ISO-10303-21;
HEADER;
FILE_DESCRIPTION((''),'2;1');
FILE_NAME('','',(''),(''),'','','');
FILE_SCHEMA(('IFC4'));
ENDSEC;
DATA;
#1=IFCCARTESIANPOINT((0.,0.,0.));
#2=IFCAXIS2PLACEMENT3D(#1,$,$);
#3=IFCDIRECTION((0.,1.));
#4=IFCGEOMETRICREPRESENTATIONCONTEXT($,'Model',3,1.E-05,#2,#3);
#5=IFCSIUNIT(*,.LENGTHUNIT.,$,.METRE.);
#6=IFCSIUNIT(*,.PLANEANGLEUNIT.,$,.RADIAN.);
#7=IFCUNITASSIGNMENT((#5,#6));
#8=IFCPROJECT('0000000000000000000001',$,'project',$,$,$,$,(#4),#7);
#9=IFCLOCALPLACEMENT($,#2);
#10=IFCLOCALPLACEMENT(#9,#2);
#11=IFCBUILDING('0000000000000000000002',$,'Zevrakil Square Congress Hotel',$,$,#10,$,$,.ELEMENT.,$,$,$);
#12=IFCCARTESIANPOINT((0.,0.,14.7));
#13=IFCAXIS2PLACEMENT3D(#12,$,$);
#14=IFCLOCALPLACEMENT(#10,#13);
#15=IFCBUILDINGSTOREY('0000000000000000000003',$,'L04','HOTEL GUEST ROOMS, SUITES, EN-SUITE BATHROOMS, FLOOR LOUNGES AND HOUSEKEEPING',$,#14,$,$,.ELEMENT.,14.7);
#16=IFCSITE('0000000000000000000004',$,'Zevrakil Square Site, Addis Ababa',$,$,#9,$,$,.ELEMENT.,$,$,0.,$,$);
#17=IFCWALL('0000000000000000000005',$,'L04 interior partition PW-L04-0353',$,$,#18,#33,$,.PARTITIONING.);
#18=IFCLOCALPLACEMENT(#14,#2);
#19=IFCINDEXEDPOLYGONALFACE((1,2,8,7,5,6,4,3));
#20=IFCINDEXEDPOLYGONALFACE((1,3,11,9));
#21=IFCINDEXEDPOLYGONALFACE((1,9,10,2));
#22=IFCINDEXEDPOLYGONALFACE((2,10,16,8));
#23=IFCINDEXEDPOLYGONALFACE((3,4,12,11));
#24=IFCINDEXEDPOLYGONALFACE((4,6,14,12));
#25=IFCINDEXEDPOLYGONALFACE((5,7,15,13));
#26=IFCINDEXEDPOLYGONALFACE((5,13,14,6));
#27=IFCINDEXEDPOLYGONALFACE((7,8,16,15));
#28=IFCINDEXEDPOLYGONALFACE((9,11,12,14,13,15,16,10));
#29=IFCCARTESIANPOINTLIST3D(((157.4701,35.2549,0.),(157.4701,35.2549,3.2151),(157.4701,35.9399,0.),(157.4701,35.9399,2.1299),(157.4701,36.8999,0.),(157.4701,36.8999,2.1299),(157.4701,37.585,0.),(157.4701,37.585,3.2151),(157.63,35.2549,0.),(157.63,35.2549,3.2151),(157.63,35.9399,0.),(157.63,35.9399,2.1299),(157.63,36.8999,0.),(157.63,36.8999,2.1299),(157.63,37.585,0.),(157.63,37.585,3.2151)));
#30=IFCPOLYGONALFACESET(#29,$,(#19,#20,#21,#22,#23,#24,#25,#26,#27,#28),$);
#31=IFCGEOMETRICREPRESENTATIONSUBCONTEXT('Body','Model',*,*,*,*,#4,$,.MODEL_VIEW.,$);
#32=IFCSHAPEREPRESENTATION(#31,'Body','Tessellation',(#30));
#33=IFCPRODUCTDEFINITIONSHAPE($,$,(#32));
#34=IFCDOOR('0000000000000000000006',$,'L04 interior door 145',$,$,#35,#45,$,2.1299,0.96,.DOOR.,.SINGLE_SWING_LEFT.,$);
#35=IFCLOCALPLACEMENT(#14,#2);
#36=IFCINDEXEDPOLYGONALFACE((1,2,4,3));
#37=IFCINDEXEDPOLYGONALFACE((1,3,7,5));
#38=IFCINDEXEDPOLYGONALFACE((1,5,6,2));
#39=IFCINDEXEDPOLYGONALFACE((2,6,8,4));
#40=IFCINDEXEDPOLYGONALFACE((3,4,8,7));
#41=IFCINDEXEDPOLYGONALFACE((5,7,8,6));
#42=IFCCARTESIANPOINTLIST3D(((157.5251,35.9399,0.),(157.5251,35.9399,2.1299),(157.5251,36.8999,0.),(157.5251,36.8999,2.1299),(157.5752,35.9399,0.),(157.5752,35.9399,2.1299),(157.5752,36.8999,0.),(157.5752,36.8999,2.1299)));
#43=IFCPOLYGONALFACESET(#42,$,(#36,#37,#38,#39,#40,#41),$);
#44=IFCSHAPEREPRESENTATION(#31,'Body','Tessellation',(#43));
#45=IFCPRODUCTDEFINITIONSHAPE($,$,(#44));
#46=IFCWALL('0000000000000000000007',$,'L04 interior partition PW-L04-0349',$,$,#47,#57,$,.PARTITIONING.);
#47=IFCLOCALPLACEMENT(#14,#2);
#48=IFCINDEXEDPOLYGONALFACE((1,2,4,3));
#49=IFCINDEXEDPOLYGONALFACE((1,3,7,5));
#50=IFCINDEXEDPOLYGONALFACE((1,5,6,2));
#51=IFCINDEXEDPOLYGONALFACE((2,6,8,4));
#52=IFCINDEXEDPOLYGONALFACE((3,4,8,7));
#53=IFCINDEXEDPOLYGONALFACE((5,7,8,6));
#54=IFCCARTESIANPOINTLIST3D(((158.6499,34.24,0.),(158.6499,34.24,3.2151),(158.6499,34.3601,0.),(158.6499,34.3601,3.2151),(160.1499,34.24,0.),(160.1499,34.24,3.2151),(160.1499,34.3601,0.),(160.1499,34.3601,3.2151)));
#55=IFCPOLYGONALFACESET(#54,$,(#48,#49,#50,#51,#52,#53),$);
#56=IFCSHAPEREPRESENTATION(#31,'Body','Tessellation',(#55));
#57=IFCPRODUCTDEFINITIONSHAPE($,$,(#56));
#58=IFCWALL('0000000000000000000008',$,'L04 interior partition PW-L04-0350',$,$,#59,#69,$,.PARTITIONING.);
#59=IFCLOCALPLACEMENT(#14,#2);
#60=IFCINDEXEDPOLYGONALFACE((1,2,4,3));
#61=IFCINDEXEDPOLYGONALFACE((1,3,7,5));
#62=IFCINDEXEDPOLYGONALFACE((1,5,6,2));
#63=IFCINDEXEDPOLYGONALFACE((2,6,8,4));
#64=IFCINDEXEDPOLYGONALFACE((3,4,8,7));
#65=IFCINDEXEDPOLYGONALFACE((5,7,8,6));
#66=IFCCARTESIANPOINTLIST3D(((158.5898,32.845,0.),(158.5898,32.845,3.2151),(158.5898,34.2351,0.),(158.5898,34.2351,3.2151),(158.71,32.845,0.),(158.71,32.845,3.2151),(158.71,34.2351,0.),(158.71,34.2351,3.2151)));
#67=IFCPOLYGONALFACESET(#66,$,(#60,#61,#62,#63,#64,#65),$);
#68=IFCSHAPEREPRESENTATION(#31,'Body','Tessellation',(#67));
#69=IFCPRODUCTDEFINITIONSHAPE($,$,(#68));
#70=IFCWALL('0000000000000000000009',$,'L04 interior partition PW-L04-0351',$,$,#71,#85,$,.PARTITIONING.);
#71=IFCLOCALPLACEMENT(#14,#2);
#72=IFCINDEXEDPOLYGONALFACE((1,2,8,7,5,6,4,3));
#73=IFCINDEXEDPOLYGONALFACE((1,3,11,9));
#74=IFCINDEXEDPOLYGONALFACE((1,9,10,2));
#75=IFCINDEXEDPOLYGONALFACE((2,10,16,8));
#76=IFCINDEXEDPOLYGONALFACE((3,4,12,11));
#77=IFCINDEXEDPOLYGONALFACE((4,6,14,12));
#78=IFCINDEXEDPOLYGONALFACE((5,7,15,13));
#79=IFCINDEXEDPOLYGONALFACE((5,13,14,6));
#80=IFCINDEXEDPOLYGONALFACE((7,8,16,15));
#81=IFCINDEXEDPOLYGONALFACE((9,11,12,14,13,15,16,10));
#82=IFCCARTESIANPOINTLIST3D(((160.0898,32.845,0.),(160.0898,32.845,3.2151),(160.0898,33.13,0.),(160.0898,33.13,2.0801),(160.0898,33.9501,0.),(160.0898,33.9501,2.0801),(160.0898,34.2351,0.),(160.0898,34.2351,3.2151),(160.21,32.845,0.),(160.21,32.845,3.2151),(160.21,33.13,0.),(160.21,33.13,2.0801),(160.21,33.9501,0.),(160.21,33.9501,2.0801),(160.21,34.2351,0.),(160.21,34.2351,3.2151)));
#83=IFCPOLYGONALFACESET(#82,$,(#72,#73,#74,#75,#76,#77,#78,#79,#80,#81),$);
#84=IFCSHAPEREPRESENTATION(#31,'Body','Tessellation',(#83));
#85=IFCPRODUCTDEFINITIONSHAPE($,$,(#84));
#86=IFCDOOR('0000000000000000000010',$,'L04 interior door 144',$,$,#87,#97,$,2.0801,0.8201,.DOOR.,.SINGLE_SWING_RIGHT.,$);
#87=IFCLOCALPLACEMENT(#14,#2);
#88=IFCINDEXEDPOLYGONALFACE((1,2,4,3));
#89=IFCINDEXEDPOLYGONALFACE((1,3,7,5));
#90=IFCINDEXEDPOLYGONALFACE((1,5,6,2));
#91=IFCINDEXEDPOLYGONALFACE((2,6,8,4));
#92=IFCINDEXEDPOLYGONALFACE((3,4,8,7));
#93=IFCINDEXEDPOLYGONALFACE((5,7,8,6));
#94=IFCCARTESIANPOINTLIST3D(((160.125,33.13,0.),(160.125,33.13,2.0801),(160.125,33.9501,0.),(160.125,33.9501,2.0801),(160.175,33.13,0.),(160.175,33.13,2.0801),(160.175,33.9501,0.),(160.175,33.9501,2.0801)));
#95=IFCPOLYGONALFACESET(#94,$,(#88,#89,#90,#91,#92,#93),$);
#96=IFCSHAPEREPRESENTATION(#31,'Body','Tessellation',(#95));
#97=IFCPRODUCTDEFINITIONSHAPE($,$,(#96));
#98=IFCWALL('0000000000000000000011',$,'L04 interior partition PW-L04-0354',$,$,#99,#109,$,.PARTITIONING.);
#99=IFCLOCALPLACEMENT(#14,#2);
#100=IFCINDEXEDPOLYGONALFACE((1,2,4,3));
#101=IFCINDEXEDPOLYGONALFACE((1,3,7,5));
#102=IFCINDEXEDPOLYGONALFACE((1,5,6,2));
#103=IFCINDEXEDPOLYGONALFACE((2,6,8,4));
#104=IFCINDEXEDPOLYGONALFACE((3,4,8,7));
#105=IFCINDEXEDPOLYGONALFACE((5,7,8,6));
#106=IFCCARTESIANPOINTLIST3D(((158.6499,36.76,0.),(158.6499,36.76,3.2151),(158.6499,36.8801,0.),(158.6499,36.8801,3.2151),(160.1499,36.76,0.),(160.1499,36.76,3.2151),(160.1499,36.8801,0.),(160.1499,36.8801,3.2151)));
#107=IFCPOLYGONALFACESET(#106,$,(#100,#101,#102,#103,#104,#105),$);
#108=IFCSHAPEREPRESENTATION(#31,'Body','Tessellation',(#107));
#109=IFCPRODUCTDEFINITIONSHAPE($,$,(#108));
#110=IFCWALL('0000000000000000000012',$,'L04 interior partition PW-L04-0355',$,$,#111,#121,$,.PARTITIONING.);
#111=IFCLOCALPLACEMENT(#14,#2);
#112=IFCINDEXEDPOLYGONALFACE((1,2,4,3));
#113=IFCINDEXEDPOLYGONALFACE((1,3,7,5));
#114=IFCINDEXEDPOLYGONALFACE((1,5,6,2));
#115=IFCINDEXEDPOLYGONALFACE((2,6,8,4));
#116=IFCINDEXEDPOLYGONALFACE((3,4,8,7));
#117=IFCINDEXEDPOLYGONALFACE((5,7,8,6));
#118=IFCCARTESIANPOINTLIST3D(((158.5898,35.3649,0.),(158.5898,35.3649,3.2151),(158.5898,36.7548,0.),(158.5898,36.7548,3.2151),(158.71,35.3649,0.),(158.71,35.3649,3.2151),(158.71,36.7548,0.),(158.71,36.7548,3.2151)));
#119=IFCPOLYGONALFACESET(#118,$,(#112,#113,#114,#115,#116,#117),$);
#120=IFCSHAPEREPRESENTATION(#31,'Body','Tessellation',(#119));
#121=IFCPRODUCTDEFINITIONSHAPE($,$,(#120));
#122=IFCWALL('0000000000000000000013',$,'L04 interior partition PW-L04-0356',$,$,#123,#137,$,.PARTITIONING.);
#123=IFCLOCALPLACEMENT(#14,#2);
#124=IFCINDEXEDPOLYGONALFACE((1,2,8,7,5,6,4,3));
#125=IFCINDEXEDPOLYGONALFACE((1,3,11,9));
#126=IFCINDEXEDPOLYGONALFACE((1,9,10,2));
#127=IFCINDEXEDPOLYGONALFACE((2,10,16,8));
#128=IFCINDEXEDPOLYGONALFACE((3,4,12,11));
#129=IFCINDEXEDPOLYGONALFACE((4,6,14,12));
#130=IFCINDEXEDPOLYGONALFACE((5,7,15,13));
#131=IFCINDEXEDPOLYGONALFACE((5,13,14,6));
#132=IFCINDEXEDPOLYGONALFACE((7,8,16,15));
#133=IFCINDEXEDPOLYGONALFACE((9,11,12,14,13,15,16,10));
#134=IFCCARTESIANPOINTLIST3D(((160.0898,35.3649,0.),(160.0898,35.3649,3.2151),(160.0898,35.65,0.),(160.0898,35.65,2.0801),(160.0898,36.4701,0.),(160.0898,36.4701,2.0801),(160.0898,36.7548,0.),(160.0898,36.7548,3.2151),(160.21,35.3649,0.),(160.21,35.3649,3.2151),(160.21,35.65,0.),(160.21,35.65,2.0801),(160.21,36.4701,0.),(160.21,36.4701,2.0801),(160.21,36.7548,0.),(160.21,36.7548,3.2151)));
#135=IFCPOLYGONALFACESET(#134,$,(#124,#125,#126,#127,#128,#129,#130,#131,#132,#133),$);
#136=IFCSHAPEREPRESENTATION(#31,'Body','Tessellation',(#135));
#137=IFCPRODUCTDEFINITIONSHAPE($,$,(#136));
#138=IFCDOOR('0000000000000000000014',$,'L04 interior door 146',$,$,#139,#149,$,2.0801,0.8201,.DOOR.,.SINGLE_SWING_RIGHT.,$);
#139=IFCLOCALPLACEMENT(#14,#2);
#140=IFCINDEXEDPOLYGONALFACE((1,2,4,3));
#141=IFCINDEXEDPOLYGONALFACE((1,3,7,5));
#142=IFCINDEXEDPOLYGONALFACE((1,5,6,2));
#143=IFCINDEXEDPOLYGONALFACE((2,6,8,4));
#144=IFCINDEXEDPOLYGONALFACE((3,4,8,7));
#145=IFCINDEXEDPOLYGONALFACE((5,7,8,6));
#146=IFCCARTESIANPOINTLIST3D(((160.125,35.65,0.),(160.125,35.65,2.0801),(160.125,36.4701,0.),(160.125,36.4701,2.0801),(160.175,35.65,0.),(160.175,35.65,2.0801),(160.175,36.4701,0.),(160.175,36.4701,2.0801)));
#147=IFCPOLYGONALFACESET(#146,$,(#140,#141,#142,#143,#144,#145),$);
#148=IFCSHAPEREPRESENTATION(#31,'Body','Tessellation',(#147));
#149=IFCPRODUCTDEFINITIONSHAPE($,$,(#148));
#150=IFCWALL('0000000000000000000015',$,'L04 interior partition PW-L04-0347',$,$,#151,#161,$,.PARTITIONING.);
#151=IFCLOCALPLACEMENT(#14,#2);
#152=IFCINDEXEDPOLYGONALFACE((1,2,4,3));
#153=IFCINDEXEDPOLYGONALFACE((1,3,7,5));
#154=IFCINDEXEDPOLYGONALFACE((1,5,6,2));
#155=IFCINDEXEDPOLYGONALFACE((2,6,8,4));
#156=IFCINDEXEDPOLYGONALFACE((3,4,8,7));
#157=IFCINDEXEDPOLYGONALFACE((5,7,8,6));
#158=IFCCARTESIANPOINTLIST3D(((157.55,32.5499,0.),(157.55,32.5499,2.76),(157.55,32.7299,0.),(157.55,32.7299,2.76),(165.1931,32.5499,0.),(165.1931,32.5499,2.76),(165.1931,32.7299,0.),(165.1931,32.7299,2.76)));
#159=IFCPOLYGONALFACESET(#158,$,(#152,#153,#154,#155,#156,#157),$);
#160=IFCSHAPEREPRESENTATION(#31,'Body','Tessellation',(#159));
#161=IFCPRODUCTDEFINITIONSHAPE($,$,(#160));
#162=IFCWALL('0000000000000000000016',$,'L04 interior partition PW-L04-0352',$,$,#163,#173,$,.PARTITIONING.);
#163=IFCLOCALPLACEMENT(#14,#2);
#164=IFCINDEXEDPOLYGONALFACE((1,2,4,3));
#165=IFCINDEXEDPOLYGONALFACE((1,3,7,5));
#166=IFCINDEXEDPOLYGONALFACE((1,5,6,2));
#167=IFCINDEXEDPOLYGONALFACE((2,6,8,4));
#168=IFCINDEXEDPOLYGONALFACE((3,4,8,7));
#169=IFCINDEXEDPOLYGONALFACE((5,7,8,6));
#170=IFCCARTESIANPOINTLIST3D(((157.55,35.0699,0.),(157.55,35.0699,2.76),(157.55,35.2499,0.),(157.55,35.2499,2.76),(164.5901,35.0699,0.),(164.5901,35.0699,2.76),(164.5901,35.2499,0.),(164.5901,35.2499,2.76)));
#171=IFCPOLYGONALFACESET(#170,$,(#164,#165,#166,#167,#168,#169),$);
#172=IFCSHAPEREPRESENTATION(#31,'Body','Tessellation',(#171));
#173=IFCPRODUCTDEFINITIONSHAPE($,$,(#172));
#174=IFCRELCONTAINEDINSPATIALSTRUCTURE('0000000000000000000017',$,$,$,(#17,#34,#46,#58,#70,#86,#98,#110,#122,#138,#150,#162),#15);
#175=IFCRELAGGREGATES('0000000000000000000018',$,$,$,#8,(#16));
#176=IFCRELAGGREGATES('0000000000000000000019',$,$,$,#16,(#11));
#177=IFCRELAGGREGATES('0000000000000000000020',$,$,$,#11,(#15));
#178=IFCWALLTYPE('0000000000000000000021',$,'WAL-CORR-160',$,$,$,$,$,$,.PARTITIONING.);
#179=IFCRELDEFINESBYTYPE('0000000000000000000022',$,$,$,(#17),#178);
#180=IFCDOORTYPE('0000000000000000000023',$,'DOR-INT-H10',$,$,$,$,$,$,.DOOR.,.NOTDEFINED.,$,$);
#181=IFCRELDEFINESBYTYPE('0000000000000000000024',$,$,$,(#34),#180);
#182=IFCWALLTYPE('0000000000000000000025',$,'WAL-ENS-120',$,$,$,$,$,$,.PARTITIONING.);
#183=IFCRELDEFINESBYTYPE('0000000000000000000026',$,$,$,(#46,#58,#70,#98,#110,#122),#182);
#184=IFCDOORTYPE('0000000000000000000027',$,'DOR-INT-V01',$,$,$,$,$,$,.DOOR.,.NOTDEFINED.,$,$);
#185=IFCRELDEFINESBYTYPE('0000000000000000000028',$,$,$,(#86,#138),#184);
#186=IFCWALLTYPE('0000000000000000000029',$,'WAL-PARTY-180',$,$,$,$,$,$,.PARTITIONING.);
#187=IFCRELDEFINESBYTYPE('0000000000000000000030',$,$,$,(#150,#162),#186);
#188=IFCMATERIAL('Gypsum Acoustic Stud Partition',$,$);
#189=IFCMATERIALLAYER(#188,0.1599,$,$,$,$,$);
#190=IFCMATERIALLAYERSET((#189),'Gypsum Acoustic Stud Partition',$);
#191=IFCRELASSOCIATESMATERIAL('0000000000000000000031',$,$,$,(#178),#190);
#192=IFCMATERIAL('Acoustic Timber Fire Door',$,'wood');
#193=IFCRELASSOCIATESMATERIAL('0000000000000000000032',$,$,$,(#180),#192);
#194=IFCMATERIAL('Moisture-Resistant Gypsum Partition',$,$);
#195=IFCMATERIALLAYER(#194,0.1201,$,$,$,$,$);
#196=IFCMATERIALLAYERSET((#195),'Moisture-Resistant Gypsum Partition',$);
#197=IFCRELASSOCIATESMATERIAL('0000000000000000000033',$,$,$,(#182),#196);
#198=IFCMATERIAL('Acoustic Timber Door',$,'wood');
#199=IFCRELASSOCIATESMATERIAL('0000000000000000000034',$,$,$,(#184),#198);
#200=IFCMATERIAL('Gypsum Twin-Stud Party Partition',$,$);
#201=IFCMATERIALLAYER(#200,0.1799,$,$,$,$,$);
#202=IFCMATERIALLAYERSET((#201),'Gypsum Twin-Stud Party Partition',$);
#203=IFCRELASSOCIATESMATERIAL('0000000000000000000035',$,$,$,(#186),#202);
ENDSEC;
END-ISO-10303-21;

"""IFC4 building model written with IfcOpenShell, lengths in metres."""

from ifc_helpers import new_model, si_unit, direction, frame, frame_2d, origin, place, context, subcontext, project, spatial, rectangle, extrude, material, layer, layer_set, type_object, element, fill, save


model = new_model("IFC4")

# Units and contexts
model_context = context("Model", 3, precision=1e-05, world=origin(), true_north=direction((0.0, 1.0)))
body_context = subcontext(model_context, "Body", "Model", "MODEL_VIEW")
ifc_project = project(units=[si_unit("LENGTHUNIT", "METRE"), si_unit("PLANEANGLEUNIT", "RADIAN")], contexts=[model_context])

# Site, building, storey
site_placement = place(None, origin())
site = spatial("IfcSite", under=ifc_project, at=site_placement, Name="Zevrakil Square Site, Addis Ababa", CompositionType="ELEMENT", RefElevation=0.0)
building_placement = place(site_placement, origin())
building = spatial("IfcBuilding", under=site, at=building_placement, Name="Zevrakil Square Congress Hotel", CompositionType="ELEMENT")
storey_placement = place(building_placement, frame((0.0, 0.0, 14.7)))
storey = spatial("IfcBuildingStorey", under=building, at=storey_placement, Name="L04", Description="HOTEL GUEST ROOMS, SUITES, EN-SUITE BATHROOMS, FLOOR LOUNGES AND HOUSEKEEPING", CompositionType="ELEMENT", Elevation=14.7)

# Wall, opening, door
ifc_material_1 = material(Name="Gypsum Acoustic Stud Partition")
ifc_layer_1 = layer(ifc_material_1, 0.1599)
ifc_layer_set_1 = layer_set([ifc_layer_1], Name="Gypsum Acoustic Stud Partition")
wall_type_1 = type_object("IfcWallType", Name="WAL-CORR-160", PredefinedType="PARTITIONING", material=ifc_layer_set_1)
wall_1_placement = place(storey_placement, frame((157.55, 35.2549, 0.0), z_axis=(0.0, 0.0, 1.0), x_axis=(0.0, 1.0, 0.0)))
wall_1 = element("IfcWall", 1, at=wall_1_placement, inside=storey, type_object=wall_type_1, Name="L04 interior partition PW-L04-0353", PredefinedType="PARTITIONING", context=body_context, shape_type="SweptSolid", body=[
    extrude(rectangle(XDim=2.3301, YDim=0.1599, at=frame_2d((1.165, 0.0))), origin(), (0.0, 0.0, 1.0), 3.2151),
])
opening_1_placement = place(wall_1_placement, frame((0.6851, 0.0, 0.0)))
opening_1 = element("IfcOpeningElement", 2, at=opening_1_placement, cuts=wall_1, PredefinedType="OPENING", context=body_context, shape_type="SweptSolid", body=[
    extrude(rectangle(XDim=0.96, YDim=2.1299, at=frame_2d((0.48, 1.0649))), frame((0.0, 0.0898, 0.0), z_axis=(0.0, -1.0, 0.0), x_axis=(1.0, 0.0, 0.0)), (0.0, 0.0, 1.0), 0.1799),
])
ifc_material_2 = material(Name="Acoustic Timber Fire Door", Category="wood")
door_type_1 = type_object("IfcDoorType", Name="DOR-INT-H10", OperationType="NOTDEFINED", PredefinedType="DOOR", material=ifc_material_2)
door_1_placement = place(opening_1_placement, origin())
door_1 = element("IfcDoor", 3, at=door_1_placement, inside=storey, type_object=door_type_1, Name="L04 interior door 145", OperationType="SINGLE_SWING_LEFT", OverallHeight=2.1299, OverallWidth=0.96, PredefinedType="DOOR", context=body_context, shape_type="SweptSolid", body=[
    extrude(rectangle(XDim=0.96, YDim=2.1299, at=frame_2d((0.48, 1.0649))), frame((0.0, 0.0249, 0.0), z_axis=(0.0, -1.0, 0.0), x_axis=(1.0, 0.0, 0.0)), (0.0, 0.0, 1.0), 0.05),
])
fill(opening_1, door_1)

# Walls
ifc_material_3 = material(Name="Moisture-Resistant Gypsum Partition")
ifc_layer_2 = layer(ifc_material_3, 0.1201)
ifc_layer_set_2 = layer_set([ifc_layer_2], Name="Moisture-Resistant Gypsum Partition")
wall_type_2 = type_object("IfcWallType", Name="WAL-ENS-120", PredefinedType="PARTITIONING", material=ifc_layer_set_2)
wall_2_placement = place(storey_placement, frame((158.6499, 34.3, 0.0), z_axis=(0.0, 0.0, 1.0), x_axis=(1.0, 0.0, 0.0)))
element("IfcWall", 4, at=wall_2_placement, inside=storey, type_object=wall_type_2, Name="L04 interior partition PW-L04-0349", PredefinedType="PARTITIONING", context=body_context, shape_type="SweptSolid", body=[
    extrude(rectangle(XDim=1.5, YDim=0.1201, at=frame_2d((0.75, 0.0))), origin(), (0.0, 0.0, 1.0), 3.2151),
])
wall_3_placement = place(storey_placement, frame((158.6499, 32.845, 0.0), z_axis=(0.0, 0.0, 1.0), x_axis=(0.0, 1.0, 0.0)))
element("IfcWall", 5, at=wall_3_placement, inside=storey, type_object=wall_type_2, Name="L04 interior partition PW-L04-0350", PredefinedType="PARTITIONING", context=body_context, shape_type="SweptSolid", body=[
    extrude(rectangle(XDim=1.3901, YDim=0.1201, at=frame_2d((0.6951, 0.0))), origin(), (0.0, 0.0, 1.0), 3.2151),
])

# Wall, opening, door
wall_4_placement = place(storey_placement, frame((160.1499, 32.845, 0.0), z_axis=(0.0, 0.0, 1.0), x_axis=(0.0, 1.0, 0.0)))
wall_4 = element("IfcWall", 6, at=wall_4_placement, inside=storey, type_object=wall_type_2, Name="L04 interior partition PW-L04-0351", PredefinedType="PARTITIONING", context=body_context, shape_type="SweptSolid", body=[
    extrude(rectangle(XDim=1.3901, YDim=0.1201, at=frame_2d((0.6951, 0.0))), origin(), (0.0, 0.0, 1.0), 3.2151),
])
opening_2_placement = place(wall_4_placement, frame((0.2849, 0.0, 0.0)))
opening_2 = element("IfcOpeningElement", 7, at=opening_2_placement, cuts=wall_4, PredefinedType="OPENING", context=body_context, shape_type="SweptSolid", body=[
    extrude(rectangle(XDim=0.8201, YDim=2.0801, at=frame_2d((0.4102, 1.04))), frame((0.0, 0.0701, 0.0), z_axis=(0.0, -1.0, 0.0), x_axis=(1.0, 0.0, 0.0)), (0.0, 0.0, 1.0), 0.1401),
])
ifc_material_4 = material(Name="Acoustic Timber Door", Category="wood")
door_type_2 = type_object("IfcDoorType", Name="DOR-INT-V01", OperationType="NOTDEFINED", PredefinedType="DOOR", material=ifc_material_4)
door_2_placement = place(opening_2_placement, origin())
door_2 = element("IfcDoor", 8, at=door_2_placement, inside=storey, type_object=door_type_2, Name="L04 interior door 144", OperationType="SINGLE_SWING_RIGHT", OverallHeight=2.0801, OverallWidth=0.8201, PredefinedType="DOOR", context=body_context, shape_type="SweptSolid", body=[
    extrude(rectangle(XDim=0.8201, YDim=2.0801, at=frame_2d((0.4102, 1.04))), frame((0.0, 0.0249, 0.0), z_axis=(0.0, -1.0, 0.0), x_axis=(1.0, 0.0, 0.0)), (0.0, 0.0, 1.0), 0.05),
])
fill(opening_2, door_2)

# Walls
wall_5_placement = place(storey_placement, frame((158.6499, 36.8201, 0.0), z_axis=(0.0, 0.0, 1.0), x_axis=(1.0, 0.0, 0.0)))
element("IfcWall", 9, at=wall_5_placement, inside=storey, type_object=wall_type_2, Name="L04 interior partition PW-L04-0354", PredefinedType="PARTITIONING", context=body_context, shape_type="SweptSolid", body=[
    extrude(rectangle(XDim=1.5, YDim=0.1201, at=frame_2d((0.75, 0.0))), origin(), (0.0, 0.0, 1.0), 3.2151),
])
wall_6_placement = place(storey_placement, frame((158.6499, 35.365, 0.0), z_axis=(0.0, 0.0, 1.0), x_axis=(0.0, 1.0, 0.0)))
element("IfcWall", 10, at=wall_6_placement, inside=storey, type_object=wall_type_2, Name="L04 interior partition PW-L04-0355", PredefinedType="PARTITIONING", context=body_context, shape_type="SweptSolid", body=[
    extrude(rectangle(XDim=1.3899, YDim=0.1201, at=frame_2d((0.6948, 0.0))), origin(), (0.0, 0.0, 1.0), 3.2151),
])

# Wall, opening, door
wall_7_placement = place(storey_placement, frame((160.1499, 35.365, 0.0), z_axis=(0.0, 0.0, 1.0), x_axis=(0.0, 1.0, 0.0)))
wall_7 = element("IfcWall", 11, at=wall_7_placement, inside=storey, type_object=wall_type_2, Name="L04 interior partition PW-L04-0356", PredefinedType="PARTITIONING", context=body_context, shape_type="SweptSolid", body=[
    extrude(rectangle(XDim=1.3899, YDim=0.1201, at=frame_2d((0.6948, 0.0))), origin(), (0.0, 0.0, 1.0), 3.2151),
])
opening_3_placement = place(wall_7_placement, frame((0.2849, 0.0, 0.0)))
opening_3 = element("IfcOpeningElement", 12, at=opening_3_placement, cuts=wall_7, PredefinedType="OPENING", context=body_context, shape_type="SweptSolid", body=[
    extrude(rectangle(XDim=0.8201, YDim=2.0801, at=frame_2d((0.4102, 1.04))), frame((0.0, 0.0701, 0.0), z_axis=(0.0, -1.0, 0.0), x_axis=(1.0, 0.0, 0.0)), (0.0, 0.0, 1.0), 0.1401),
])
door_3_placement = place(opening_3_placement, origin())
door_3 = element("IfcDoor", 13, at=door_3_placement, inside=storey, type_object=door_type_2, Name="L04 interior door 146", OperationType="SINGLE_SWING_RIGHT", OverallHeight=2.0801, OverallWidth=0.8201, PredefinedType="DOOR", context=body_context, shape_type="SweptSolid", body=[
    extrude(rectangle(XDim=0.8201, YDim=2.0801, at=frame_2d((0.4102, 1.04))), frame((0.0, 0.0249, 0.0), z_axis=(0.0, -1.0, 0.0), x_axis=(1.0, 0.0, 0.0)), (0.0, 0.0, 1.0), 0.05),
])
fill(opening_3, door_3)

# Walls
ifc_material_5 = material(Name="Gypsum Twin-Stud Party Partition")
ifc_layer_3 = layer(ifc_material_5, 0.1799)
ifc_layer_set_3 = layer_set([ifc_layer_3], Name="Gypsum Twin-Stud Party Partition")
wall_type_3 = type_object("IfcWallType", Name="WAL-PARTY-180", PredefinedType="PARTITIONING", material=ifc_layer_set_3)
wall_8_placement = place(storey_placement, frame((157.55, 32.6399, 0.0), z_axis=(0.0, 0.0, 1.0), x_axis=(1.0, 0.0, 0.0)))
element("IfcWall", 14, at=wall_8_placement, inside=storey, type_object=wall_type_3, Name="L04 interior partition PW-L04-0347", PredefinedType="PARTITIONING", context=body_context, shape_type="SweptSolid", body=[
    extrude(rectangle(XDim=7.6431, YDim=0.1799, at=frame_2d((3.8215, 0.0))), origin(), (0.0, 0.0, 1.0), 2.76),
])
wall_9_placement = place(storey_placement, frame((157.55, 35.1599, 0.0), z_axis=(0.0, 0.0, 1.0), x_axis=(1.0, 0.0, 0.0)))
element("IfcWall", 15, at=wall_9_placement, inside=storey, type_object=wall_type_3, Name="L04 interior partition PW-L04-0352", PredefinedType="PARTITIONING", context=body_context, shape_type="SweptSolid", body=[
    extrude(rectangle(XDim=7.04, YDim=0.1799, at=frame_2d((3.52, 0.0))), origin(), (0.0, 0.0, 1.0), 2.76),
])

save(model, "model.ifc")
